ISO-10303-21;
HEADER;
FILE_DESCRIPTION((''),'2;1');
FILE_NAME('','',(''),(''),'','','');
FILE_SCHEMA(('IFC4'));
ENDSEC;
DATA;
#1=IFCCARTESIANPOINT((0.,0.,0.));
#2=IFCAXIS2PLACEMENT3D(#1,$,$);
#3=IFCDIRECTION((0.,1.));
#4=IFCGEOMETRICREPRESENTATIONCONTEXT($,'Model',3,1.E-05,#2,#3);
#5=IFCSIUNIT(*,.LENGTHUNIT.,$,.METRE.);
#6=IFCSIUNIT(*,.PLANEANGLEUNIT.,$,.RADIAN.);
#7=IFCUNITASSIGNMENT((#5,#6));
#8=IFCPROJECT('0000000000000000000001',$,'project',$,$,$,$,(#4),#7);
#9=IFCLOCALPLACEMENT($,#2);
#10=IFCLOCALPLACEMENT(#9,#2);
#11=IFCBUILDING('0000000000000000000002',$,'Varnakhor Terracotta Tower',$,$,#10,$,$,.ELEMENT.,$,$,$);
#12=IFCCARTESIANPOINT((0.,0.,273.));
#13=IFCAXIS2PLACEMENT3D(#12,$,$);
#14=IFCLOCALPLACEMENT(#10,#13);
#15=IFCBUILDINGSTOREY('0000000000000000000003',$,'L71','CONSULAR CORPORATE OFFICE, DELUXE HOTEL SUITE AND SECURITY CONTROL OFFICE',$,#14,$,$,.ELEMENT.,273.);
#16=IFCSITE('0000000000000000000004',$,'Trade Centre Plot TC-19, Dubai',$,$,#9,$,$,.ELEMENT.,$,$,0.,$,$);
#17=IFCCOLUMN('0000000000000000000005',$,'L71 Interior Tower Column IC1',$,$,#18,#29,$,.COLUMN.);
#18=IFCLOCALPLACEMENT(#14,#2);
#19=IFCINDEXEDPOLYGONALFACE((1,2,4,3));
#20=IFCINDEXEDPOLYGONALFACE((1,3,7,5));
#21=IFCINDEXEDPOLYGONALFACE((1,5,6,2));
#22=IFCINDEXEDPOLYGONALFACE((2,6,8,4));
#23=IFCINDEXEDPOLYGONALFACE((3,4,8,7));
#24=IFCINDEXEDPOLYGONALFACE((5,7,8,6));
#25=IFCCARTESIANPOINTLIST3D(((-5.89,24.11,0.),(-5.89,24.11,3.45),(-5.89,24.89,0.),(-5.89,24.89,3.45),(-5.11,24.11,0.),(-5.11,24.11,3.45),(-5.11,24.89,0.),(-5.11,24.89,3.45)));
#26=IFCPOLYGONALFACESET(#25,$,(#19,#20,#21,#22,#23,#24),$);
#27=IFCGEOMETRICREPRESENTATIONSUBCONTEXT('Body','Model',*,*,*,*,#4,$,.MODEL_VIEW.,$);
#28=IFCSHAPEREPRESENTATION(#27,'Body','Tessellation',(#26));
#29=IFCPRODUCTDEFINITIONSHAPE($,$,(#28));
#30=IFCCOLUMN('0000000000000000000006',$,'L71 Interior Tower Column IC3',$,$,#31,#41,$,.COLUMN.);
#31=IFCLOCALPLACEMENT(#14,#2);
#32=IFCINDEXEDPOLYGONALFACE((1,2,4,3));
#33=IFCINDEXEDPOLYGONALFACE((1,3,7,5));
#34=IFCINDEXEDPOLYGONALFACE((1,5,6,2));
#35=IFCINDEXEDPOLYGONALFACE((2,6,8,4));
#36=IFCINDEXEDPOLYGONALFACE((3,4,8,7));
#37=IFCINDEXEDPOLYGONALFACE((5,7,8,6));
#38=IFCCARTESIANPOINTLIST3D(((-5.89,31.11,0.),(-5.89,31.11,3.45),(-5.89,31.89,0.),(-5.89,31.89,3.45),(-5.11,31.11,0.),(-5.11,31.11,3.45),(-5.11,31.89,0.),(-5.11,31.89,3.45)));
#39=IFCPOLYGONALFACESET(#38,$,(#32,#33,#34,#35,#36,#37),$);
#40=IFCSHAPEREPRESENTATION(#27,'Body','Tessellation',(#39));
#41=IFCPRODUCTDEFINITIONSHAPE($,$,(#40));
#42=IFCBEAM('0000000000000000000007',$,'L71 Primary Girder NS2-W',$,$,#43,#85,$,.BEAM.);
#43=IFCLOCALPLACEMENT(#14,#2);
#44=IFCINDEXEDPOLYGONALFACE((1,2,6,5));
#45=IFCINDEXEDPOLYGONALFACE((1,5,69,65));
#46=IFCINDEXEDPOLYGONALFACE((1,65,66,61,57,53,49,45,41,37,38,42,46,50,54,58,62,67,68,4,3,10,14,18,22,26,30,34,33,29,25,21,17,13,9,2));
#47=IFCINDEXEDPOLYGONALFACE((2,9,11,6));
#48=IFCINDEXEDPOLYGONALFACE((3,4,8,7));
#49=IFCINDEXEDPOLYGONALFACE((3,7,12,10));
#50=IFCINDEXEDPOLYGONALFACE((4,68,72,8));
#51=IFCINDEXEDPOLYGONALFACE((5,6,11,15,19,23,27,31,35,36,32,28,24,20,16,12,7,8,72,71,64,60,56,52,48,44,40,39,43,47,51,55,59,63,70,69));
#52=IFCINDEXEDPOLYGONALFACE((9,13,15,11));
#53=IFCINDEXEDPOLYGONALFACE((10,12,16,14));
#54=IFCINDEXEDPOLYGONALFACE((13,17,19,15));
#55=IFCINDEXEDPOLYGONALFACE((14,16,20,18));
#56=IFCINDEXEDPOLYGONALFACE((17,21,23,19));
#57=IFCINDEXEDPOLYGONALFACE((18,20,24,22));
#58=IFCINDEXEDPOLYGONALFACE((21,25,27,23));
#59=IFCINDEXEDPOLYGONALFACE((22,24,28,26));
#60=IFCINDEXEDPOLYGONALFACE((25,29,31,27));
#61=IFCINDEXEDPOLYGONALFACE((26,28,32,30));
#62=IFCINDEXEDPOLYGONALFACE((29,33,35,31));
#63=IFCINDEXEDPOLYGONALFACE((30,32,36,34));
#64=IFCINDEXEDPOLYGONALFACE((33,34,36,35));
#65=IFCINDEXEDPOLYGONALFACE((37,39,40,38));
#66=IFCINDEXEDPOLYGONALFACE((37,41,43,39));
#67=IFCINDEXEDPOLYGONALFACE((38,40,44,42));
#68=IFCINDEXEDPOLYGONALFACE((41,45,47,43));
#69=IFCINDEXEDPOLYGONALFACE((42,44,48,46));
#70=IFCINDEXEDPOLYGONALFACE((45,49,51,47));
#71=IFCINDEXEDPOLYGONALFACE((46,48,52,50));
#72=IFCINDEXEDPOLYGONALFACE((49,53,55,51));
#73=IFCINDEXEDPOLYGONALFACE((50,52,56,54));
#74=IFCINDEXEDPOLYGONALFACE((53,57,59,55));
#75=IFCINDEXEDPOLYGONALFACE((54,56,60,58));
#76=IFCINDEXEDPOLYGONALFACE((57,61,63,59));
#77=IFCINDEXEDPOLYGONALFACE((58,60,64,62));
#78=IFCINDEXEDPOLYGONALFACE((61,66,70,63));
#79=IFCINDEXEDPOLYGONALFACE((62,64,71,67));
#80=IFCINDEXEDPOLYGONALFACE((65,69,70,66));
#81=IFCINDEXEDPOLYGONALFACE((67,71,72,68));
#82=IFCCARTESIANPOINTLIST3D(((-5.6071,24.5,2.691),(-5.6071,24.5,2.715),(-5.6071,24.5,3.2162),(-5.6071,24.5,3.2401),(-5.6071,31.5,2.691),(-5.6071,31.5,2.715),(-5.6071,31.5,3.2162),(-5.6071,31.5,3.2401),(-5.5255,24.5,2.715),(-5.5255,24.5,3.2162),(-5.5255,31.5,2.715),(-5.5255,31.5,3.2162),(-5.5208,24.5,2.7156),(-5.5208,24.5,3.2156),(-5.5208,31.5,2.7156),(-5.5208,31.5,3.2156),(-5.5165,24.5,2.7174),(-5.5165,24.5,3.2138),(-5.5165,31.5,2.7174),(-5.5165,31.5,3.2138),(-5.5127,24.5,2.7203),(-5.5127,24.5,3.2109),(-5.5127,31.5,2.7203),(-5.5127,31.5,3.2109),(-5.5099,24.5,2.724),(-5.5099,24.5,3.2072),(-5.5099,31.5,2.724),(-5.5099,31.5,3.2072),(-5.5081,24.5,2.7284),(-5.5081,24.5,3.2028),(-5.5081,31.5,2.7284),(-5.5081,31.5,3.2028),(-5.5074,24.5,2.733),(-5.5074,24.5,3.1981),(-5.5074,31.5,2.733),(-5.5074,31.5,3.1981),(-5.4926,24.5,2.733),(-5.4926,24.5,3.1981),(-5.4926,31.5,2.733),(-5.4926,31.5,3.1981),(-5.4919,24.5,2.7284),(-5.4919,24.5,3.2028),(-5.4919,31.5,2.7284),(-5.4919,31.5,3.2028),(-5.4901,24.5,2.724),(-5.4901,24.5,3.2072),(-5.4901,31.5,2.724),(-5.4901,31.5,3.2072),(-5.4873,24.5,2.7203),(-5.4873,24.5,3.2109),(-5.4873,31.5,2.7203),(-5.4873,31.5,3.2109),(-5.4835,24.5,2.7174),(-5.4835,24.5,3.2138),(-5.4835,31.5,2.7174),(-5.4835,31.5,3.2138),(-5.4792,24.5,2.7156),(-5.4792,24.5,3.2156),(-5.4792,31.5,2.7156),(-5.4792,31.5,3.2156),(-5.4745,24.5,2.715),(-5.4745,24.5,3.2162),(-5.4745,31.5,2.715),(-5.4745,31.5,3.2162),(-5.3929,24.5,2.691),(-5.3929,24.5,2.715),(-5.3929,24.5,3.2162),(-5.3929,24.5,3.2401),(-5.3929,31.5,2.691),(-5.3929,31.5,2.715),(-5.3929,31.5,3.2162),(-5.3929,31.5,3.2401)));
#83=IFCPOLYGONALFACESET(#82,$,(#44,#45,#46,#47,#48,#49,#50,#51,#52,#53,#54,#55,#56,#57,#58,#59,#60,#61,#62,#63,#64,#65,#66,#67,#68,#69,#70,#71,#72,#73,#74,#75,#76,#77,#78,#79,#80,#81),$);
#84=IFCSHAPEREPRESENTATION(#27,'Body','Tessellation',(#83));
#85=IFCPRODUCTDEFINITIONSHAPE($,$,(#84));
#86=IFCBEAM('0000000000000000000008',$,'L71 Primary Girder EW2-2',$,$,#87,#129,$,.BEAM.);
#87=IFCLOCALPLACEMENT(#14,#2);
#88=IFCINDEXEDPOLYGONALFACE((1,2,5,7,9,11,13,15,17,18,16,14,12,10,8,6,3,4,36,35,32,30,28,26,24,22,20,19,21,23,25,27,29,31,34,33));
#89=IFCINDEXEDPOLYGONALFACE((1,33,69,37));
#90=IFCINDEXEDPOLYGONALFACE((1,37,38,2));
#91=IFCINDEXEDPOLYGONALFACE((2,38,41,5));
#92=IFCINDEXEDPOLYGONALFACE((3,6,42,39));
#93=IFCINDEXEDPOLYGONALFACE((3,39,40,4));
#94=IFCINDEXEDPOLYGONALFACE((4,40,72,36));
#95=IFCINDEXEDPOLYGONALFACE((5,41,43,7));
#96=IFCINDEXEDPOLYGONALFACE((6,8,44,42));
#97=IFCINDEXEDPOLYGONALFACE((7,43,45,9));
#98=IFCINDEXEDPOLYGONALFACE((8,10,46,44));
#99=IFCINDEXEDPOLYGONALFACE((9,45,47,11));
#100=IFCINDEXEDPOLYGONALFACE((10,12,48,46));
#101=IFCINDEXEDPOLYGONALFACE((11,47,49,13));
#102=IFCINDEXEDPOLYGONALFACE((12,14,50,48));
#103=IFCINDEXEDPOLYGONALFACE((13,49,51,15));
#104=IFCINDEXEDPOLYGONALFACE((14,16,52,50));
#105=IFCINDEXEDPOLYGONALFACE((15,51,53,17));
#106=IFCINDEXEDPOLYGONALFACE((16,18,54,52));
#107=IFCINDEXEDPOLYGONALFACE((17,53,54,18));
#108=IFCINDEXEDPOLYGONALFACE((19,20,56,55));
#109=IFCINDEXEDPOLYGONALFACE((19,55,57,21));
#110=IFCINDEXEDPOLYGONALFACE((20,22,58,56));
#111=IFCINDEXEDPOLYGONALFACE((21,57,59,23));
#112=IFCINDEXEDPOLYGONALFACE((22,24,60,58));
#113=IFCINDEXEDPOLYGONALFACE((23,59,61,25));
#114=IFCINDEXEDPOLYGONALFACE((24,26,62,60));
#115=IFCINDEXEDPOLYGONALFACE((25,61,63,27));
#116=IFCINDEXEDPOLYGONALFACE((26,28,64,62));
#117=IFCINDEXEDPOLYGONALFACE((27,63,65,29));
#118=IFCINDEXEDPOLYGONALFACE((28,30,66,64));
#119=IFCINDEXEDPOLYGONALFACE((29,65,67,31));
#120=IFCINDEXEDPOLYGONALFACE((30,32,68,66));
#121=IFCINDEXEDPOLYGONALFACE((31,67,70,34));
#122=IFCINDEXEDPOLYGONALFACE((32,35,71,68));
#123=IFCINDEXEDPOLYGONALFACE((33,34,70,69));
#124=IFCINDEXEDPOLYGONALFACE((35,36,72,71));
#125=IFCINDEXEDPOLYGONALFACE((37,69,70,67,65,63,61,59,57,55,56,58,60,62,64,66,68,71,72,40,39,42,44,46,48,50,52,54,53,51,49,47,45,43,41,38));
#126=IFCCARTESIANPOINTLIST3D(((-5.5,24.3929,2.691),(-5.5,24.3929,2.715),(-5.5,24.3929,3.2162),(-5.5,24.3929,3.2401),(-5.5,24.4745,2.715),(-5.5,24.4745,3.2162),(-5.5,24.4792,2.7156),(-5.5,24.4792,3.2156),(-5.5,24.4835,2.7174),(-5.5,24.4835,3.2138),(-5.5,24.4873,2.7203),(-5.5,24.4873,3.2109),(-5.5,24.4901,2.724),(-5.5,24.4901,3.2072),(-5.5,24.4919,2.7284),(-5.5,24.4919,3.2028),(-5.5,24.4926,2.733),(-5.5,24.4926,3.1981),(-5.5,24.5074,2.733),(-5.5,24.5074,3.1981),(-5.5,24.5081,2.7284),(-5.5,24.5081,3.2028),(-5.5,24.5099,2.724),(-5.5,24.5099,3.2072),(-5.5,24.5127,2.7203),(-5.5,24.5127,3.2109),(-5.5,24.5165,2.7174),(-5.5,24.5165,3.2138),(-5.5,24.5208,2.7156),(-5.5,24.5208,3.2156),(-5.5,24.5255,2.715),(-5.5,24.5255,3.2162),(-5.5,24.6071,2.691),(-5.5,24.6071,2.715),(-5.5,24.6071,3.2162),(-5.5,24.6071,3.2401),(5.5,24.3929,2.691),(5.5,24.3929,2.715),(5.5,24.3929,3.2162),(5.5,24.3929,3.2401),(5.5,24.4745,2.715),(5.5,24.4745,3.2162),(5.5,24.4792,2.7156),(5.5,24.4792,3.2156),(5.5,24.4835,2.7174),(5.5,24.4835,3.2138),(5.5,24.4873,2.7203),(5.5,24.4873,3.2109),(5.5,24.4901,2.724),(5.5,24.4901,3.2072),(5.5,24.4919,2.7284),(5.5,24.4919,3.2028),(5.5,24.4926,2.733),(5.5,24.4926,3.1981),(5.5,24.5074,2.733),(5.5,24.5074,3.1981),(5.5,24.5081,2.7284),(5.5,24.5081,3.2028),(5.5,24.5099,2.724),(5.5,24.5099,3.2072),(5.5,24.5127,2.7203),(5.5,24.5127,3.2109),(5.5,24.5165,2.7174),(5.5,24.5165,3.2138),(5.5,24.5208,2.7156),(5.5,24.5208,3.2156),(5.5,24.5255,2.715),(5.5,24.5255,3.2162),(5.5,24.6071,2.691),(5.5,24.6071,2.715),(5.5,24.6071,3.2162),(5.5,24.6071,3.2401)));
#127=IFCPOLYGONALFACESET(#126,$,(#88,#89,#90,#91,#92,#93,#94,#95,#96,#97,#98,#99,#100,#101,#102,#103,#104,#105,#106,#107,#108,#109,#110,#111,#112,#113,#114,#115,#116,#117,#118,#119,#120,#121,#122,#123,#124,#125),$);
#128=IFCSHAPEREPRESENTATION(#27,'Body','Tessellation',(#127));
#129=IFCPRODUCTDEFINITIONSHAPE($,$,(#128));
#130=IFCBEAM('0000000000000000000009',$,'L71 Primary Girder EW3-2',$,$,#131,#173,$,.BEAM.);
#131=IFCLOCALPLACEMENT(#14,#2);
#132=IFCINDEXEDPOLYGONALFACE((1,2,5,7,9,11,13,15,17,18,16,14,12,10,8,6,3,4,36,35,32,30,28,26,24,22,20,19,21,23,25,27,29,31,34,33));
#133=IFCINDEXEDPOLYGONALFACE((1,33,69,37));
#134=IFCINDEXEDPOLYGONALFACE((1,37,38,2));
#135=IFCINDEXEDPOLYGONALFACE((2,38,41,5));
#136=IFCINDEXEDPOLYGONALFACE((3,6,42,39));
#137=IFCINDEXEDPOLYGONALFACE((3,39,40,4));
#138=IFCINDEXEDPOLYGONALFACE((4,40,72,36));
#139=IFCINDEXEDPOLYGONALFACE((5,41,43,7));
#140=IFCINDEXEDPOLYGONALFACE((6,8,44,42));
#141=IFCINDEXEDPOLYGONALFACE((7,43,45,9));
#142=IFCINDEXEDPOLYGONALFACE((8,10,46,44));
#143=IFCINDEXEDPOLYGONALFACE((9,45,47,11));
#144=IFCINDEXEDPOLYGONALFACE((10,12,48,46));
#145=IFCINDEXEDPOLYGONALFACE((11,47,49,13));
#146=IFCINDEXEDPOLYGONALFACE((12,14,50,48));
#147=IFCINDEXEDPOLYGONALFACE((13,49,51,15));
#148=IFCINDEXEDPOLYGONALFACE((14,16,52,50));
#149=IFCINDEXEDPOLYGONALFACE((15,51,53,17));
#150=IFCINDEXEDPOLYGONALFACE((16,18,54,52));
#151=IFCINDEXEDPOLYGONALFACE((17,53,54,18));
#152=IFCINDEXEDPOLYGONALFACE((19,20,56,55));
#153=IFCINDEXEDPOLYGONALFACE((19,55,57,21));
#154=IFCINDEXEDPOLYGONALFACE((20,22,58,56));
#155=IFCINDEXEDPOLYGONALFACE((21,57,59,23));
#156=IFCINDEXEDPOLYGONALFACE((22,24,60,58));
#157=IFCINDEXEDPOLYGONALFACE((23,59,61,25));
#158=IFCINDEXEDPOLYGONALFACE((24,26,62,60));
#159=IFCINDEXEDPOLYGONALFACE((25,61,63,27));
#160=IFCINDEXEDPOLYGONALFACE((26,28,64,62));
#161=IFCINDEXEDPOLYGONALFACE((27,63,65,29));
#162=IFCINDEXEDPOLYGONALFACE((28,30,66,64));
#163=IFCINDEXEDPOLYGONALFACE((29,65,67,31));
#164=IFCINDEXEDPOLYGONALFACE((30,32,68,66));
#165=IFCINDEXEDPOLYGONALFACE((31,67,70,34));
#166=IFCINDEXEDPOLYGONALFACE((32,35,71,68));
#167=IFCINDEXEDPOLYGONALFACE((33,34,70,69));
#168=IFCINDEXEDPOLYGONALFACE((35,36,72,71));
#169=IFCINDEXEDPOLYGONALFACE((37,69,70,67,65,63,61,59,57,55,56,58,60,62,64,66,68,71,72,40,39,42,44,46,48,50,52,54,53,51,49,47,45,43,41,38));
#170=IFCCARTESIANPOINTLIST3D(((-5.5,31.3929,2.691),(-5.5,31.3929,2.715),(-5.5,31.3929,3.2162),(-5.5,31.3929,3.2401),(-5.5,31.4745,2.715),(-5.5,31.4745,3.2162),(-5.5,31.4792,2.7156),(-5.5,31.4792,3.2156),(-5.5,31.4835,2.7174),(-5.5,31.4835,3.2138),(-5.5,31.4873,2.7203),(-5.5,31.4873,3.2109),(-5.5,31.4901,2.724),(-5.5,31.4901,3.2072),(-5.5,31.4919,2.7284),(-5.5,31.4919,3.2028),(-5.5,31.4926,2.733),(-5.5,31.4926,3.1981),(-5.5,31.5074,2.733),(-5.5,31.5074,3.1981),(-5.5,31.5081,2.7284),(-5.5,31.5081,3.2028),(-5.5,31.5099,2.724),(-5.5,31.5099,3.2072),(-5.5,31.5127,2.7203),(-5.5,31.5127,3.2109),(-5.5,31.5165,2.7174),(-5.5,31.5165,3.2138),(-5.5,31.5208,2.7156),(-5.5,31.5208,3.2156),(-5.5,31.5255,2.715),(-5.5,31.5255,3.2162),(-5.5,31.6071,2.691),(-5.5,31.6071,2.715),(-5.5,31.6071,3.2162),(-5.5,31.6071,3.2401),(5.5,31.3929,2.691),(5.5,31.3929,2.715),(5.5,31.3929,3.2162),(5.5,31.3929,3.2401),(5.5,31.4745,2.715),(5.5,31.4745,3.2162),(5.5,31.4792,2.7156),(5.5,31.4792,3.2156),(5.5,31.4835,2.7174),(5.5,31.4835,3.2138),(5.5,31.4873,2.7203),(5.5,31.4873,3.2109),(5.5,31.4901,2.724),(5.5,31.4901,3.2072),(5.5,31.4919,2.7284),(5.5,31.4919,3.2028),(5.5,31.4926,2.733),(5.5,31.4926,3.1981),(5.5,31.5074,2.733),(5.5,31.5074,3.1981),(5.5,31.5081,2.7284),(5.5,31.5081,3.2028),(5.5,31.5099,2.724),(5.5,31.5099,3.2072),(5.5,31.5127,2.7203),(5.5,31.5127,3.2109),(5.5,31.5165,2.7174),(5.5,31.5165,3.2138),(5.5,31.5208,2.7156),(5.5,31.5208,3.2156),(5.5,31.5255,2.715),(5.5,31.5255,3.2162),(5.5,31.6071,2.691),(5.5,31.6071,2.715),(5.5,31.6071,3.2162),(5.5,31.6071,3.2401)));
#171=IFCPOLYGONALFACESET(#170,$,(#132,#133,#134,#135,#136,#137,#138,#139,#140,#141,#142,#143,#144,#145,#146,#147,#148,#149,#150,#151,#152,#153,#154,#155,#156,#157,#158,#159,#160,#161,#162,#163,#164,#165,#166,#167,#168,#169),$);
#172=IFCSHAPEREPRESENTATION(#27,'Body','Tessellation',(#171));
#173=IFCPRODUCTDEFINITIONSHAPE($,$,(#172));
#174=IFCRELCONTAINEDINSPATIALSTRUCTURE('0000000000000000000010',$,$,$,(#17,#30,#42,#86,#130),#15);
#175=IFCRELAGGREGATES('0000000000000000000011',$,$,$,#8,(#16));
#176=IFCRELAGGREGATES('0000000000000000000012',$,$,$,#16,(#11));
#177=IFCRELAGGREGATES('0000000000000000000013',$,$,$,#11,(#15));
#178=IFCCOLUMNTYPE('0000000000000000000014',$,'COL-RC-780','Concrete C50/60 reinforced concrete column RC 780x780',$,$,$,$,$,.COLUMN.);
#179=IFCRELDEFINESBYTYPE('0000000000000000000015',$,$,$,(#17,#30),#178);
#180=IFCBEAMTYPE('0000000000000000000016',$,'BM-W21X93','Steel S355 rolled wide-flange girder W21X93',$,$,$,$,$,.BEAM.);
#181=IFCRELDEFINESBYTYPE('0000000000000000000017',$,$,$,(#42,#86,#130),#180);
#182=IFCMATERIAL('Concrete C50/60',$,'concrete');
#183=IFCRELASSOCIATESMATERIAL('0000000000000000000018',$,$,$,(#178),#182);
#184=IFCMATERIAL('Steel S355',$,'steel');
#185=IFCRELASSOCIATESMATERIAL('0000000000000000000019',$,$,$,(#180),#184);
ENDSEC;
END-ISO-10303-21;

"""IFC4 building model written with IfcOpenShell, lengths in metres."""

from ifc_helpers import new_model, si_unit, direction, frame, origin, origin_2d, place, context, subcontext, project, spatial, rectangle, i_section, extrude, source, transform, mapped, material, material_profile, profile_set, type_object, element, save


model = new_model("IFC4")

# Units and contexts
model_context = context("Model", 3, precision=1e-05, world=origin(), true_north=direction((0.0, 1.0)))
body_context = subcontext(model_context, "Body", "Model", "MODEL_VIEW")
ifc_project = project(units=[si_unit("LENGTHUNIT", "METRE"), si_unit("PLANEANGLEUNIT", "RADIAN")], contexts=[model_context])

# Site, building, storey
site_placement = place(None, origin())
site = spatial("IfcSite", under=ifc_project, at=site_placement, Name="Trade Centre Plot TC-19, Dubai", CompositionType="ELEMENT", RefElevation=0.0)
building_placement = place(site_placement, origin())
building = spatial("IfcBuilding", under=site, at=building_placement, Name="Varnakhor Terracotta Tower", CompositionType="ELEMENT")
storey_placement = place(building_placement, frame((0.0, 0.0, 273.0)))
storey = spatial("IfcBuildingStorey", under=building, at=storey_placement, Name="L71", Description="CONSULAR CORPORATE OFFICE, DELUXE HOTEL SUITE AND SECURITY CONTROL OFFICE", CompositionType="ELEMENT", Elevation=273.0)

# Columns
ifc_material_1 = material(Name="Concrete C50/60", Category="concrete")
ifc_material_profile_1 = material_profile(ifc_material_1, rectangle(XDim=0.78, YDim=0.78, at=origin_2d()), Name="RC 780x780")
ifc_profile_set_1 = profile_set([ifc_material_profile_1], Name="Concrete C50/60")
column_type = type_object("IfcColumnType", Name="COL-RC-780", Description="Concrete C50/60 reinforced concrete column RC 780x780", PredefinedType="COLUMN", material=ifc_profile_set_1)
shared_shape_1 = source(origin(), body_context, "Body", "SweptSolid", [
    extrude(rectangle(XDim=0.78, YDim=0.78, at=origin_2d()), origin(), (0.0, 0.0, 1.0), 3.45),
])
for number, where, z_axis, x_axis, name in (
    (1, (-5.5, 24.5, 0.0), (0.0, 0.0, 1.0), (1.0, 0.0, 0.0), "L71 Interior Tower Column IC1"),
    (2, (-5.5, 31.5, 0.0), (0.0, 0.0, 1.0), (1.0, 0.0, 0.0), "L71 Interior Tower Column IC3"),
):
    element("IfcColumn", number, at=place(storey_placement, frame(where, z_axis=z_axis, x_axis=x_axis)), inside=storey, type_object=column_type, Name=name, PredefinedType="COLUMN", context=body_context, shape_type="MappedRepresentation", body=[
        mapped(shared_shape_1, transform((0.0, 0.0, 0.0), scale=1.0)),
    ])

# Beams
ifc_material_2 = material(Name="Steel S355", Category="steel")
ifc_material_profile_2 = material_profile(ifc_material_2, i_section(OverallWidth=0.2141, OverallDepth=0.5491, WebThickness=0.0149, FlangeThickness=0.0239, FilletRadius=0.0181, at=origin_2d()), Name="W21X93")
ifc_profile_set_2 = profile_set([ifc_material_profile_2], Name="Steel S355")
beam_type_1 = type_object("IfcBeamType", Name="BM-W21X93", Description="Steel S355 rolled wide-flange girder W21X93", PredefinedType="BEAM", material=ifc_profile_set_2)
shared_shape_2 = source(origin(), body_context, "Body", "SweptSolid", [
    extrude(i_section(OverallWidth=0.2141, OverallDepth=0.5491, WebThickness=0.0149, FlangeThickness=0.0239, FilletRadius=0.0181, at=origin_2d()), origin(), (0.0, 0.0, 1.0), 7.0),
])
beam_1_placement = place(storey_placement, frame((-5.5, 24.5, 2.9656), z_axis=(0.0, 1.0, 0.0), x_axis=(-1.0, 0.0, 0.0)))
element("IfcBeam", 3, at=beam_1_placement, inside=storey, type_object=beam_type_1, Name="L71 Primary Girder NS2-W", PredefinedType="BEAM", context=body_context, shape_type="MappedRepresentation", body=[
    mapped(shared_shape_2, transform((0.0, 0.0, 0.0), scale=1.0)),
])
shared_shape_3 = source(origin(), body_context, "Body", "SweptSolid", [
    extrude(i_section(OverallWidth=0.2141, OverallDepth=0.5491, WebThickness=0.0149, FlangeThickness=0.0239, FilletRadius=0.0181, at=origin_2d()), origin(), (0.0, 0.0, 1.0), 11.0),
])
for number, where, z_axis, x_axis, name in (
    (4, (-5.5, 24.5, 2.9656), (1.0, 0.0, 0.0), (0.0, 1.0, 0.0), "L71 Primary Girder EW2-2"),
    (5, (-5.5, 31.5, 2.9656), (1.0, 0.0, 0.0), (0.0, 1.0, 0.0), "L71 Primary Girder EW3-2"),
):
    element("IfcBeam", number, at=place(storey_placement, frame(where, z_axis=z_axis, x_axis=x_axis)), inside=storey, type_object=beam_type_1, Name=name, PredefinedType="BEAM", context=body_context, shape_type="MappedRepresentation", body=[
        mapped(shared_shape_3, transform((0.0, 0.0, 0.0), scale=1.0)),
    ])

save(model, "model.ifc")
